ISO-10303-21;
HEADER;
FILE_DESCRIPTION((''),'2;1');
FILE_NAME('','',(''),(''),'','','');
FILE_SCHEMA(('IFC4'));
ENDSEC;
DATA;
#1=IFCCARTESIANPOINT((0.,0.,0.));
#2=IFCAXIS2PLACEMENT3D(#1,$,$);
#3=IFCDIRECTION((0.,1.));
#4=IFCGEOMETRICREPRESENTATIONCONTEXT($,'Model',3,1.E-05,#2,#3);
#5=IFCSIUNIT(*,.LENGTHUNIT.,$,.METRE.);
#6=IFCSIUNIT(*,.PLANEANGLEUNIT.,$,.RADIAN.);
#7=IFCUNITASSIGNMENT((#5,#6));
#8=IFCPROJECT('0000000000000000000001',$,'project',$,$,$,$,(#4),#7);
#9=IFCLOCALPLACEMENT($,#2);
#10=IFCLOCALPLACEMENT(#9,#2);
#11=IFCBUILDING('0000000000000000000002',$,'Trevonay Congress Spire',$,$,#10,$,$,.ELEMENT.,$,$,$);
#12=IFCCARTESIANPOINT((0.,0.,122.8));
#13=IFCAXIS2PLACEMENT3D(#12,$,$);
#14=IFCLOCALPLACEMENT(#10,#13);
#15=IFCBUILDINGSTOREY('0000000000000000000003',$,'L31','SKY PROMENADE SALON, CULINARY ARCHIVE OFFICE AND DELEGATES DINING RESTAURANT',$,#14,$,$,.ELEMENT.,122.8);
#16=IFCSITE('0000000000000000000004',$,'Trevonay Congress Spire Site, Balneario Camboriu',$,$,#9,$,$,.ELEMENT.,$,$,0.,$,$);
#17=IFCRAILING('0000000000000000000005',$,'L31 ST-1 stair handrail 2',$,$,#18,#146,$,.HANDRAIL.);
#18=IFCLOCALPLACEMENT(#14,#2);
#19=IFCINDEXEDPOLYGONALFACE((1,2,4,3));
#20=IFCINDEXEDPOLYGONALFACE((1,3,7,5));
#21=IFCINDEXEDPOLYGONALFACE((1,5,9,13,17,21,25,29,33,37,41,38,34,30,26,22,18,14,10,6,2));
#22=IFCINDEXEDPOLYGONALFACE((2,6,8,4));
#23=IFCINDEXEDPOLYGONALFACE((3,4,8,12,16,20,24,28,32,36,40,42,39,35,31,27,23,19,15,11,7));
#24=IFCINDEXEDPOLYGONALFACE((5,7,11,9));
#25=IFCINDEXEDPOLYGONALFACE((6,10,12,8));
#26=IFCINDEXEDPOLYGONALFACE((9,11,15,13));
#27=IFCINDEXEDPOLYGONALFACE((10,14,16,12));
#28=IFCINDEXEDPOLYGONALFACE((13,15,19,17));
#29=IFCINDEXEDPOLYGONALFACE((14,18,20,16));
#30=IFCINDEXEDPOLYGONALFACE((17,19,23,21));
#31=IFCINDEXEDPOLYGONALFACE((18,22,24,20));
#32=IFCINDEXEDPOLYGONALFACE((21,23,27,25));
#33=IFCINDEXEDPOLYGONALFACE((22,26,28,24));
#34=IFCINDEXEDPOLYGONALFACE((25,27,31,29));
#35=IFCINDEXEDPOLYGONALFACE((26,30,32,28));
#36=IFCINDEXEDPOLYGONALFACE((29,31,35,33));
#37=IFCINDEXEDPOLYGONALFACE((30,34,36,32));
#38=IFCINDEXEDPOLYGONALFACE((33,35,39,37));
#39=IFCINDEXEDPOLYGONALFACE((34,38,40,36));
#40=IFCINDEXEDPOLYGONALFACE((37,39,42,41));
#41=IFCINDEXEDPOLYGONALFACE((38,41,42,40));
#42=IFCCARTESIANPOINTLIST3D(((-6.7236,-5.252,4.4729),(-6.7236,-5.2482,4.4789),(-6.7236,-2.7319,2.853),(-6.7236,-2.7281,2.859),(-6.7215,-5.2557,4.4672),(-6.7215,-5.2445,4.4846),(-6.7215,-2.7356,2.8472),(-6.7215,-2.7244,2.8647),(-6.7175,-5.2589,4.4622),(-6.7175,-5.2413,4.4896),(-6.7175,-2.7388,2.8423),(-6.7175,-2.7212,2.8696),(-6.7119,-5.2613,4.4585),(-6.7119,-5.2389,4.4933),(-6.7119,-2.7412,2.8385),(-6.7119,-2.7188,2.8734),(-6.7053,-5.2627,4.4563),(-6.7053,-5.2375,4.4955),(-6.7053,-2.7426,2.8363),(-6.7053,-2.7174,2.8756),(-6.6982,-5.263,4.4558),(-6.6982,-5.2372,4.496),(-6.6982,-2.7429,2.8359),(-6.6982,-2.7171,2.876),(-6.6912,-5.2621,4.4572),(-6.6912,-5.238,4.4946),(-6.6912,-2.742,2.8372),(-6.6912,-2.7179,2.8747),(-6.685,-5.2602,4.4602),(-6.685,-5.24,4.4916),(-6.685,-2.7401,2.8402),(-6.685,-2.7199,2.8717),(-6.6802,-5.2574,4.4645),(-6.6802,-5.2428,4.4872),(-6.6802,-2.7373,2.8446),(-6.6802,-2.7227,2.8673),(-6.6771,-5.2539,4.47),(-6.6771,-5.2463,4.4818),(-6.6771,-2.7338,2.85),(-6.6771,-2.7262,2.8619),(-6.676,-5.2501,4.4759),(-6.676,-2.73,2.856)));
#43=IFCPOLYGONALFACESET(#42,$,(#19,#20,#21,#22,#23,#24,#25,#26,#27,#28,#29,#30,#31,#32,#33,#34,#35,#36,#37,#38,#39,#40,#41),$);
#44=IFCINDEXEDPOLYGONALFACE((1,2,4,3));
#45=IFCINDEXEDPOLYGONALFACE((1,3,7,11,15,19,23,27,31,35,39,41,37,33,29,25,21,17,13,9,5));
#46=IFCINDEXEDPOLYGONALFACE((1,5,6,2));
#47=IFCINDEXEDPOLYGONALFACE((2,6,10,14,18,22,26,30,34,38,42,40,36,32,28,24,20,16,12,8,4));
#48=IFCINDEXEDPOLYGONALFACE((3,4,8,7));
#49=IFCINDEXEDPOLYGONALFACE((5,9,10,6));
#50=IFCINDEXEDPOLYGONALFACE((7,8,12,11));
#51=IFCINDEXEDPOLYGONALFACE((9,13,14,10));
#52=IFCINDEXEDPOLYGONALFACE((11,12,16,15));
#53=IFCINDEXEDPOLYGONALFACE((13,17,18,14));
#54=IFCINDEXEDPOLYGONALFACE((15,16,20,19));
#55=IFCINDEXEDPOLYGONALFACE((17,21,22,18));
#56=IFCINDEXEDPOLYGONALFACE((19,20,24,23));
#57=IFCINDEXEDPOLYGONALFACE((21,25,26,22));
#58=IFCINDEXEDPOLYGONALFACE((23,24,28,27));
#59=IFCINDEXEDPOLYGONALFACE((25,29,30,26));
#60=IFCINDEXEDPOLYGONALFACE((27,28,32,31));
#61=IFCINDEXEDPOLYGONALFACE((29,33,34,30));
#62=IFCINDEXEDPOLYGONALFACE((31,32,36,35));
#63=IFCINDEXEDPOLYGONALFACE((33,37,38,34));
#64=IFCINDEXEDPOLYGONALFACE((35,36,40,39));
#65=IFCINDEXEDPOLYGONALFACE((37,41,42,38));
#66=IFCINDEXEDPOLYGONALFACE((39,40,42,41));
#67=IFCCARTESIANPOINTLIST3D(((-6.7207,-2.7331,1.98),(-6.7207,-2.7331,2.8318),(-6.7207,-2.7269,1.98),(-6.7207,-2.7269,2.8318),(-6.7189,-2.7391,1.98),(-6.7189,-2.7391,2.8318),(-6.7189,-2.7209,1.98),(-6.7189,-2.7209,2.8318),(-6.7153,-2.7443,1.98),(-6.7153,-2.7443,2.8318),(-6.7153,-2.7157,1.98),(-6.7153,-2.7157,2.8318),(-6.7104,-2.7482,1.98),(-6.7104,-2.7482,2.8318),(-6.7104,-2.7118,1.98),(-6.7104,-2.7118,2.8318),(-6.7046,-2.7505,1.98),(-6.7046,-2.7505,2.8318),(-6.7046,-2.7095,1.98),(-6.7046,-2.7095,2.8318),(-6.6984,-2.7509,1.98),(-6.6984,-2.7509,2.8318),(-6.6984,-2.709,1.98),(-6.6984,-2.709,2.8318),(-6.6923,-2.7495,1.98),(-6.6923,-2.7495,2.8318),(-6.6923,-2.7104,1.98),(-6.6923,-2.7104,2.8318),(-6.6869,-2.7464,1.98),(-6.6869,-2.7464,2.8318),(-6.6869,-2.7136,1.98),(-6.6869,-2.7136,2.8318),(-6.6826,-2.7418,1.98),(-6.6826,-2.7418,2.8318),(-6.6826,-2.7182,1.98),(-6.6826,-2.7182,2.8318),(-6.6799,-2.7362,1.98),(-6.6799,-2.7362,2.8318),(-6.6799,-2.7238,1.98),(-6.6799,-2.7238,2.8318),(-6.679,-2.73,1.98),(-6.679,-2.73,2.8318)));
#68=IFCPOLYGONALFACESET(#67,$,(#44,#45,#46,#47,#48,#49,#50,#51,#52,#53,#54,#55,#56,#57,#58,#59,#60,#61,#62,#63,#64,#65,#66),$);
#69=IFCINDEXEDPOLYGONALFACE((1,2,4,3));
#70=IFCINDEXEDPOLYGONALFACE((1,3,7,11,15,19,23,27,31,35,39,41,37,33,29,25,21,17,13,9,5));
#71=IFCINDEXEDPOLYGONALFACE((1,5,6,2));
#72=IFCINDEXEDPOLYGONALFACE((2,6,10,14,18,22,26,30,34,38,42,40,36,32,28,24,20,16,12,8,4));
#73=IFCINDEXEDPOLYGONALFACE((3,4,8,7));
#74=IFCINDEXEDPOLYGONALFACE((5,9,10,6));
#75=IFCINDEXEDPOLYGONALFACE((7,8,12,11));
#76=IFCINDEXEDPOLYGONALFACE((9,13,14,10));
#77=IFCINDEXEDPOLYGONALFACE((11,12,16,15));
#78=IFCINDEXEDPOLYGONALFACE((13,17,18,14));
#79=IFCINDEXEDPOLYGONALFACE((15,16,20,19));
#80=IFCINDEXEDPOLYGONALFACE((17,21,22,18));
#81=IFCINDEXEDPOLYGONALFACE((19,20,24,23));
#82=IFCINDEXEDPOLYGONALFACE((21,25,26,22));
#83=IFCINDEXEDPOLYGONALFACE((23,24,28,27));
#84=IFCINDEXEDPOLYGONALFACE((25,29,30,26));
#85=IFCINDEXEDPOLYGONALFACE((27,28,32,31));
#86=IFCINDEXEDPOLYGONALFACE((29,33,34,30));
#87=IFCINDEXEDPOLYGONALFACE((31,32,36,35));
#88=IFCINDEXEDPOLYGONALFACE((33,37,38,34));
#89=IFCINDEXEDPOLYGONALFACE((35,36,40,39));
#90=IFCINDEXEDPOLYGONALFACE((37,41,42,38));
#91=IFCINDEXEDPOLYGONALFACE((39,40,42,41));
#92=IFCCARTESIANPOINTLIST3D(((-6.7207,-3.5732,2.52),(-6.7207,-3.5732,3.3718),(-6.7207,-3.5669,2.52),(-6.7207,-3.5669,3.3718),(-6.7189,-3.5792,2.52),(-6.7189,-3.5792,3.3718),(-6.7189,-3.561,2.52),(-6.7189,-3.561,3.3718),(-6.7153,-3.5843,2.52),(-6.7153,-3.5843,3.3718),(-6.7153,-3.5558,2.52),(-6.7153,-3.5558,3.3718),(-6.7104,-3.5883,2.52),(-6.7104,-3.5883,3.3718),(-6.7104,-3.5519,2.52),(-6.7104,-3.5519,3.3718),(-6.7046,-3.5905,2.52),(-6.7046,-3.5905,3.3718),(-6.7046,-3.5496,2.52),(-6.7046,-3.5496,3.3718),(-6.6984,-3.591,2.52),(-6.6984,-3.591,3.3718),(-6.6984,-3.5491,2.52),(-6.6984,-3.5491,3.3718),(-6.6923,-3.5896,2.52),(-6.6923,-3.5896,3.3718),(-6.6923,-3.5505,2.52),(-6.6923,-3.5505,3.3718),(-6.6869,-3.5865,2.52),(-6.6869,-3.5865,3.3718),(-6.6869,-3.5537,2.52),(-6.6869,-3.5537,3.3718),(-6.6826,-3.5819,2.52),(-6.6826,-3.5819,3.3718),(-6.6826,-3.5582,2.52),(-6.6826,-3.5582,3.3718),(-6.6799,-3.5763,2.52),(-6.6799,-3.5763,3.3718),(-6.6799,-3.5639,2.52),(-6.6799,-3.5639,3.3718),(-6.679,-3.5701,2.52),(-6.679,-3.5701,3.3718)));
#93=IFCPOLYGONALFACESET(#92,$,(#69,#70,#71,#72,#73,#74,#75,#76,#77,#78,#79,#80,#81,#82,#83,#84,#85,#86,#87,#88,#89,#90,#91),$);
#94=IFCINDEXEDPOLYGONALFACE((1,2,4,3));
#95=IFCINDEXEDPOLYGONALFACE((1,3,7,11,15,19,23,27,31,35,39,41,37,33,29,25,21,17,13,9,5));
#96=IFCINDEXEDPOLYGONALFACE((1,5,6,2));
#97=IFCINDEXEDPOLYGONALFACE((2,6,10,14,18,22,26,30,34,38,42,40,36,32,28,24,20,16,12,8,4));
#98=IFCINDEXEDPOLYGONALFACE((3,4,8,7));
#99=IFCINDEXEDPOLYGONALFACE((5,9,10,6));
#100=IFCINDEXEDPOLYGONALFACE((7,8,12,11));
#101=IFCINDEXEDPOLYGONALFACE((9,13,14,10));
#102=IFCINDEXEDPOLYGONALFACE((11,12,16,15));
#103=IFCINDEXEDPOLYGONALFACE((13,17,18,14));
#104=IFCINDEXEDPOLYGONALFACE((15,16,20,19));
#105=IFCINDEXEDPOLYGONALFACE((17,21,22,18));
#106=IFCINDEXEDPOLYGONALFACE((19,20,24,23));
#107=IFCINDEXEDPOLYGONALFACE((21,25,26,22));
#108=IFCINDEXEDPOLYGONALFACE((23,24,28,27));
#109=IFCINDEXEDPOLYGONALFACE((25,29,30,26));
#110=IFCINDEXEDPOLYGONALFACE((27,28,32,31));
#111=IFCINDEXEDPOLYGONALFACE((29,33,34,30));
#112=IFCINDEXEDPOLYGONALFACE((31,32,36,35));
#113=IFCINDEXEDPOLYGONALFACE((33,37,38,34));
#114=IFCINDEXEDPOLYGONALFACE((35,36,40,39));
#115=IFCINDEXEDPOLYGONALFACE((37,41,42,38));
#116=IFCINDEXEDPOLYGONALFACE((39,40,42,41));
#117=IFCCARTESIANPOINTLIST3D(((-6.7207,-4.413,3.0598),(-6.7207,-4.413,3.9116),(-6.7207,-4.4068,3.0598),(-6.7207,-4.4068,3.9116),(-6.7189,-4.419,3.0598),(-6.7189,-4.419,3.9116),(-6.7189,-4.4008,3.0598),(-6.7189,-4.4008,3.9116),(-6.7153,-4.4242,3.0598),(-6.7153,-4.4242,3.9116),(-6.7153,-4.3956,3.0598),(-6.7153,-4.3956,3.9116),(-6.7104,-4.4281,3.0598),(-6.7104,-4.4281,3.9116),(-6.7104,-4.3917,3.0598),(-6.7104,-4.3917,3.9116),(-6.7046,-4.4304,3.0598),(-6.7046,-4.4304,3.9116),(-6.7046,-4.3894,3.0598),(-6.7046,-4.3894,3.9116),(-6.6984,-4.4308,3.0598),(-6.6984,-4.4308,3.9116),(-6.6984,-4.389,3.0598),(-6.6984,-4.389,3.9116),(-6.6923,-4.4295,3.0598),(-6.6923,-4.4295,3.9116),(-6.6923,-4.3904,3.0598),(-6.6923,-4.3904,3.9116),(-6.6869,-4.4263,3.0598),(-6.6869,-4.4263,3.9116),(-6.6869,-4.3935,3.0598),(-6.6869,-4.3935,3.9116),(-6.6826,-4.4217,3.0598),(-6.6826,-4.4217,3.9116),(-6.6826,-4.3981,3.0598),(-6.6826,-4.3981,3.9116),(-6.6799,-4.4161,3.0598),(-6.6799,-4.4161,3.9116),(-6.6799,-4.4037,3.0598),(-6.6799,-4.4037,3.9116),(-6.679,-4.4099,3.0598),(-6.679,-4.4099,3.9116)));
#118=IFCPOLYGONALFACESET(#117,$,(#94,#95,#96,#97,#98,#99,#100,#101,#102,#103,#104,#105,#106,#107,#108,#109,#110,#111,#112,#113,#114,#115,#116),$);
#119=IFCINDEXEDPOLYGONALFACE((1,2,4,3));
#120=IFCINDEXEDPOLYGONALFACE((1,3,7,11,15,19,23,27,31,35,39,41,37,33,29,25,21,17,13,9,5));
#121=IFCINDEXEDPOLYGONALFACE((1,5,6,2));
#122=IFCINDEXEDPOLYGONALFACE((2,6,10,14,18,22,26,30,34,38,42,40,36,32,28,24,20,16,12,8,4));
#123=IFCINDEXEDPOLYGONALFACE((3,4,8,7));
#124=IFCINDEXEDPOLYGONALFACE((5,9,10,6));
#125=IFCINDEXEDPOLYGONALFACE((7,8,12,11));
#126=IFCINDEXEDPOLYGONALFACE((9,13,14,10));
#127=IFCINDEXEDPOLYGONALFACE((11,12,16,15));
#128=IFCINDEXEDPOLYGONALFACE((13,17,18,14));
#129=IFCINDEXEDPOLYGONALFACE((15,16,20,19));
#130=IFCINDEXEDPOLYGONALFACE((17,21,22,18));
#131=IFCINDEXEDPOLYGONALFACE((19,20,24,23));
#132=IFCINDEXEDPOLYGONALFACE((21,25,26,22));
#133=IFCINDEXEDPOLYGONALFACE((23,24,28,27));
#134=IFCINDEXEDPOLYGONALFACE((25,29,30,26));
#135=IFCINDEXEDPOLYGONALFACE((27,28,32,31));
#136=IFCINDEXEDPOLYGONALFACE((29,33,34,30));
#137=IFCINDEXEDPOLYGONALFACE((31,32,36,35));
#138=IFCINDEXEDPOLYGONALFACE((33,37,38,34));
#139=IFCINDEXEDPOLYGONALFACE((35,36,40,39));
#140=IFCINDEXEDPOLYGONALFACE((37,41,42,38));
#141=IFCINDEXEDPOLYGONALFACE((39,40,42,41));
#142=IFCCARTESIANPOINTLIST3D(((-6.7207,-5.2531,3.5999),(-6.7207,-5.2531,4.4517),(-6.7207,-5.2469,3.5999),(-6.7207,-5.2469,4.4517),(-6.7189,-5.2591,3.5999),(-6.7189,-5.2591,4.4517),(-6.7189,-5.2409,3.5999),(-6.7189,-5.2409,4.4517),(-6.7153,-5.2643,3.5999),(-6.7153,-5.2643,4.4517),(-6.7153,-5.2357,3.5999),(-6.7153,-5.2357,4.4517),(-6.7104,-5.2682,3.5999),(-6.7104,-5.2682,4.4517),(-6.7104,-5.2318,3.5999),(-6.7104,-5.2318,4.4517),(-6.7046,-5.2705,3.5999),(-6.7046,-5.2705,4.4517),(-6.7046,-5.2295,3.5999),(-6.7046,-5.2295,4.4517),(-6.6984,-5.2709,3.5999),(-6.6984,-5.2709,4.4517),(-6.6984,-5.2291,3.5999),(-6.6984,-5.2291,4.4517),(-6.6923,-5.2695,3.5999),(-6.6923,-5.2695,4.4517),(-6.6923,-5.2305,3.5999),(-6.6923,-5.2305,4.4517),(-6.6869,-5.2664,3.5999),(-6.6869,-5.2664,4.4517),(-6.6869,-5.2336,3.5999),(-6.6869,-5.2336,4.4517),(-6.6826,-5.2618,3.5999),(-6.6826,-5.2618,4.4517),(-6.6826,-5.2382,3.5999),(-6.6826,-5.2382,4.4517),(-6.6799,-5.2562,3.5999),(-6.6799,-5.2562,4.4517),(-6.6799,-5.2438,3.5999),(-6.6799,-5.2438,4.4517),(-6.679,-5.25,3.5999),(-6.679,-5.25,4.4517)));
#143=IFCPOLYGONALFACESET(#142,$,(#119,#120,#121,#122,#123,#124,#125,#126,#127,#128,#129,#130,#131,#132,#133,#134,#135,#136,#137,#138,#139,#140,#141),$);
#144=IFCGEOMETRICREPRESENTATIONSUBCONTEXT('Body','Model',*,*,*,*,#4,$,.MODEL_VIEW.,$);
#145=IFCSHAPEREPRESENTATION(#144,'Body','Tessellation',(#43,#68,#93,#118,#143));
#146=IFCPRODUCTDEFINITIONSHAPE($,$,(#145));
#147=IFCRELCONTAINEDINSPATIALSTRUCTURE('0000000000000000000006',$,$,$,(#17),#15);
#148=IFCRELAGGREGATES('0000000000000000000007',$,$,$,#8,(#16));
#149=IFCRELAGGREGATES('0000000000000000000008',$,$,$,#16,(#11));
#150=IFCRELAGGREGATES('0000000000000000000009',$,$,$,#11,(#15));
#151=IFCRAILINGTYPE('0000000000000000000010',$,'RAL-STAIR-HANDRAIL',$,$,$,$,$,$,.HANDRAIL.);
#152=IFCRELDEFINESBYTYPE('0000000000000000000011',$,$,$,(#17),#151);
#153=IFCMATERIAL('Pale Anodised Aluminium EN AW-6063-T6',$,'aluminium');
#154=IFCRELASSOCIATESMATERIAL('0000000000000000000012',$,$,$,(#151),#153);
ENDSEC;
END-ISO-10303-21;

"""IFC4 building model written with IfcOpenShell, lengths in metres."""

from ifc_helpers import new_model, si_unit, direction, frame, origin, origin_2d, place, context, subcontext, project, spatial, circle, extrude, material, type_object, element, save


model = new_model("IFC4")

# Units and contexts
model_context = context("Model", 3, precision=1e-05, world=origin(), true_north=direction((0.0, 1.0)))
body_context = subcontext(model_context, "Body", "Model", "MODEL_VIEW")
ifc_project = project(units=[si_unit("LENGTHUNIT", "METRE"), si_unit("PLANEANGLEUNIT", "RADIAN")], contexts=[model_context])

# Site, building, storey
site_placement = place(None, origin())
site = spatial("IfcSite", under=ifc_project, at=site_placement, Name="Trevonay Congress Spire Site, Balneario Camboriu", CompositionType="ELEMENT", RefElevation=0.0)
building_placement = place(site_placement, origin())
building = spatial("IfcBuilding", under=site, at=building_placement, Name="Trevonay Congress Spire", CompositionType="ELEMENT")
storey_placement = place(building_placement, frame((0.0, 0.0, 122.8)))
storey = spatial("IfcBuildingStorey", under=building, at=storey_placement, Name="L31", Description="SKY PROMENADE SALON, CULINARY ARCHIVE OFFICE AND DELEGATES DINING RESTAURANT", CompositionType="ELEMENT", Elevation=122.8)

# Railing
ifc_material_1 = material(Name="Pale Anodised Aluminium EN AW-6063-T6", Category="aluminium")
railing_type_1 = type_object("IfcRailingType", Name="RAL-STAIR-HANDRAIL", PredefinedType="HANDRAIL", material=ifc_material_1)
railing_1_placement = place(storey_placement, frame((-6.7, -2.73, 1.98)))
element("IfcRailing", 1, at=railing_1_placement, inside=storey, type_object=railing_type_1, Name="L31 ST-1 stair handrail 2", PredefinedType="HANDRAIL", context=body_context, shape_type="SweptSolid", body=[
    extrude(circle(Radius=0.0239, at=origin_2d()), frame((0.0, 0.0, 0.876), z_axis=(0.0, -0.8412, 0.540725), x_axis=(1.0, 0.0, 0.0)), (0.0, 0.0, 1.0), 2.9958),
    extrude(circle(Radius=0.021, at=origin_2d()), origin(), (0.0, 0.0, 1.0), 0.8518),
    extrude(circle(Radius=0.021, at=origin_2d()), frame((0.0, -0.8401, 0.54)), (0.0, 0.0, 1.0), 0.8518),
    extrude(circle(Radius=0.021, at=origin_2d()), frame((0.0, -1.6799, 1.0798)), (0.0, 0.0, 1.0), 0.8518),
    extrude(circle(Radius=0.021, at=origin_2d()), frame((0.0, -2.52, 1.6199)), (0.0, 0.0, 1.0), 0.8518),
])

save(model, "model.ifc")
